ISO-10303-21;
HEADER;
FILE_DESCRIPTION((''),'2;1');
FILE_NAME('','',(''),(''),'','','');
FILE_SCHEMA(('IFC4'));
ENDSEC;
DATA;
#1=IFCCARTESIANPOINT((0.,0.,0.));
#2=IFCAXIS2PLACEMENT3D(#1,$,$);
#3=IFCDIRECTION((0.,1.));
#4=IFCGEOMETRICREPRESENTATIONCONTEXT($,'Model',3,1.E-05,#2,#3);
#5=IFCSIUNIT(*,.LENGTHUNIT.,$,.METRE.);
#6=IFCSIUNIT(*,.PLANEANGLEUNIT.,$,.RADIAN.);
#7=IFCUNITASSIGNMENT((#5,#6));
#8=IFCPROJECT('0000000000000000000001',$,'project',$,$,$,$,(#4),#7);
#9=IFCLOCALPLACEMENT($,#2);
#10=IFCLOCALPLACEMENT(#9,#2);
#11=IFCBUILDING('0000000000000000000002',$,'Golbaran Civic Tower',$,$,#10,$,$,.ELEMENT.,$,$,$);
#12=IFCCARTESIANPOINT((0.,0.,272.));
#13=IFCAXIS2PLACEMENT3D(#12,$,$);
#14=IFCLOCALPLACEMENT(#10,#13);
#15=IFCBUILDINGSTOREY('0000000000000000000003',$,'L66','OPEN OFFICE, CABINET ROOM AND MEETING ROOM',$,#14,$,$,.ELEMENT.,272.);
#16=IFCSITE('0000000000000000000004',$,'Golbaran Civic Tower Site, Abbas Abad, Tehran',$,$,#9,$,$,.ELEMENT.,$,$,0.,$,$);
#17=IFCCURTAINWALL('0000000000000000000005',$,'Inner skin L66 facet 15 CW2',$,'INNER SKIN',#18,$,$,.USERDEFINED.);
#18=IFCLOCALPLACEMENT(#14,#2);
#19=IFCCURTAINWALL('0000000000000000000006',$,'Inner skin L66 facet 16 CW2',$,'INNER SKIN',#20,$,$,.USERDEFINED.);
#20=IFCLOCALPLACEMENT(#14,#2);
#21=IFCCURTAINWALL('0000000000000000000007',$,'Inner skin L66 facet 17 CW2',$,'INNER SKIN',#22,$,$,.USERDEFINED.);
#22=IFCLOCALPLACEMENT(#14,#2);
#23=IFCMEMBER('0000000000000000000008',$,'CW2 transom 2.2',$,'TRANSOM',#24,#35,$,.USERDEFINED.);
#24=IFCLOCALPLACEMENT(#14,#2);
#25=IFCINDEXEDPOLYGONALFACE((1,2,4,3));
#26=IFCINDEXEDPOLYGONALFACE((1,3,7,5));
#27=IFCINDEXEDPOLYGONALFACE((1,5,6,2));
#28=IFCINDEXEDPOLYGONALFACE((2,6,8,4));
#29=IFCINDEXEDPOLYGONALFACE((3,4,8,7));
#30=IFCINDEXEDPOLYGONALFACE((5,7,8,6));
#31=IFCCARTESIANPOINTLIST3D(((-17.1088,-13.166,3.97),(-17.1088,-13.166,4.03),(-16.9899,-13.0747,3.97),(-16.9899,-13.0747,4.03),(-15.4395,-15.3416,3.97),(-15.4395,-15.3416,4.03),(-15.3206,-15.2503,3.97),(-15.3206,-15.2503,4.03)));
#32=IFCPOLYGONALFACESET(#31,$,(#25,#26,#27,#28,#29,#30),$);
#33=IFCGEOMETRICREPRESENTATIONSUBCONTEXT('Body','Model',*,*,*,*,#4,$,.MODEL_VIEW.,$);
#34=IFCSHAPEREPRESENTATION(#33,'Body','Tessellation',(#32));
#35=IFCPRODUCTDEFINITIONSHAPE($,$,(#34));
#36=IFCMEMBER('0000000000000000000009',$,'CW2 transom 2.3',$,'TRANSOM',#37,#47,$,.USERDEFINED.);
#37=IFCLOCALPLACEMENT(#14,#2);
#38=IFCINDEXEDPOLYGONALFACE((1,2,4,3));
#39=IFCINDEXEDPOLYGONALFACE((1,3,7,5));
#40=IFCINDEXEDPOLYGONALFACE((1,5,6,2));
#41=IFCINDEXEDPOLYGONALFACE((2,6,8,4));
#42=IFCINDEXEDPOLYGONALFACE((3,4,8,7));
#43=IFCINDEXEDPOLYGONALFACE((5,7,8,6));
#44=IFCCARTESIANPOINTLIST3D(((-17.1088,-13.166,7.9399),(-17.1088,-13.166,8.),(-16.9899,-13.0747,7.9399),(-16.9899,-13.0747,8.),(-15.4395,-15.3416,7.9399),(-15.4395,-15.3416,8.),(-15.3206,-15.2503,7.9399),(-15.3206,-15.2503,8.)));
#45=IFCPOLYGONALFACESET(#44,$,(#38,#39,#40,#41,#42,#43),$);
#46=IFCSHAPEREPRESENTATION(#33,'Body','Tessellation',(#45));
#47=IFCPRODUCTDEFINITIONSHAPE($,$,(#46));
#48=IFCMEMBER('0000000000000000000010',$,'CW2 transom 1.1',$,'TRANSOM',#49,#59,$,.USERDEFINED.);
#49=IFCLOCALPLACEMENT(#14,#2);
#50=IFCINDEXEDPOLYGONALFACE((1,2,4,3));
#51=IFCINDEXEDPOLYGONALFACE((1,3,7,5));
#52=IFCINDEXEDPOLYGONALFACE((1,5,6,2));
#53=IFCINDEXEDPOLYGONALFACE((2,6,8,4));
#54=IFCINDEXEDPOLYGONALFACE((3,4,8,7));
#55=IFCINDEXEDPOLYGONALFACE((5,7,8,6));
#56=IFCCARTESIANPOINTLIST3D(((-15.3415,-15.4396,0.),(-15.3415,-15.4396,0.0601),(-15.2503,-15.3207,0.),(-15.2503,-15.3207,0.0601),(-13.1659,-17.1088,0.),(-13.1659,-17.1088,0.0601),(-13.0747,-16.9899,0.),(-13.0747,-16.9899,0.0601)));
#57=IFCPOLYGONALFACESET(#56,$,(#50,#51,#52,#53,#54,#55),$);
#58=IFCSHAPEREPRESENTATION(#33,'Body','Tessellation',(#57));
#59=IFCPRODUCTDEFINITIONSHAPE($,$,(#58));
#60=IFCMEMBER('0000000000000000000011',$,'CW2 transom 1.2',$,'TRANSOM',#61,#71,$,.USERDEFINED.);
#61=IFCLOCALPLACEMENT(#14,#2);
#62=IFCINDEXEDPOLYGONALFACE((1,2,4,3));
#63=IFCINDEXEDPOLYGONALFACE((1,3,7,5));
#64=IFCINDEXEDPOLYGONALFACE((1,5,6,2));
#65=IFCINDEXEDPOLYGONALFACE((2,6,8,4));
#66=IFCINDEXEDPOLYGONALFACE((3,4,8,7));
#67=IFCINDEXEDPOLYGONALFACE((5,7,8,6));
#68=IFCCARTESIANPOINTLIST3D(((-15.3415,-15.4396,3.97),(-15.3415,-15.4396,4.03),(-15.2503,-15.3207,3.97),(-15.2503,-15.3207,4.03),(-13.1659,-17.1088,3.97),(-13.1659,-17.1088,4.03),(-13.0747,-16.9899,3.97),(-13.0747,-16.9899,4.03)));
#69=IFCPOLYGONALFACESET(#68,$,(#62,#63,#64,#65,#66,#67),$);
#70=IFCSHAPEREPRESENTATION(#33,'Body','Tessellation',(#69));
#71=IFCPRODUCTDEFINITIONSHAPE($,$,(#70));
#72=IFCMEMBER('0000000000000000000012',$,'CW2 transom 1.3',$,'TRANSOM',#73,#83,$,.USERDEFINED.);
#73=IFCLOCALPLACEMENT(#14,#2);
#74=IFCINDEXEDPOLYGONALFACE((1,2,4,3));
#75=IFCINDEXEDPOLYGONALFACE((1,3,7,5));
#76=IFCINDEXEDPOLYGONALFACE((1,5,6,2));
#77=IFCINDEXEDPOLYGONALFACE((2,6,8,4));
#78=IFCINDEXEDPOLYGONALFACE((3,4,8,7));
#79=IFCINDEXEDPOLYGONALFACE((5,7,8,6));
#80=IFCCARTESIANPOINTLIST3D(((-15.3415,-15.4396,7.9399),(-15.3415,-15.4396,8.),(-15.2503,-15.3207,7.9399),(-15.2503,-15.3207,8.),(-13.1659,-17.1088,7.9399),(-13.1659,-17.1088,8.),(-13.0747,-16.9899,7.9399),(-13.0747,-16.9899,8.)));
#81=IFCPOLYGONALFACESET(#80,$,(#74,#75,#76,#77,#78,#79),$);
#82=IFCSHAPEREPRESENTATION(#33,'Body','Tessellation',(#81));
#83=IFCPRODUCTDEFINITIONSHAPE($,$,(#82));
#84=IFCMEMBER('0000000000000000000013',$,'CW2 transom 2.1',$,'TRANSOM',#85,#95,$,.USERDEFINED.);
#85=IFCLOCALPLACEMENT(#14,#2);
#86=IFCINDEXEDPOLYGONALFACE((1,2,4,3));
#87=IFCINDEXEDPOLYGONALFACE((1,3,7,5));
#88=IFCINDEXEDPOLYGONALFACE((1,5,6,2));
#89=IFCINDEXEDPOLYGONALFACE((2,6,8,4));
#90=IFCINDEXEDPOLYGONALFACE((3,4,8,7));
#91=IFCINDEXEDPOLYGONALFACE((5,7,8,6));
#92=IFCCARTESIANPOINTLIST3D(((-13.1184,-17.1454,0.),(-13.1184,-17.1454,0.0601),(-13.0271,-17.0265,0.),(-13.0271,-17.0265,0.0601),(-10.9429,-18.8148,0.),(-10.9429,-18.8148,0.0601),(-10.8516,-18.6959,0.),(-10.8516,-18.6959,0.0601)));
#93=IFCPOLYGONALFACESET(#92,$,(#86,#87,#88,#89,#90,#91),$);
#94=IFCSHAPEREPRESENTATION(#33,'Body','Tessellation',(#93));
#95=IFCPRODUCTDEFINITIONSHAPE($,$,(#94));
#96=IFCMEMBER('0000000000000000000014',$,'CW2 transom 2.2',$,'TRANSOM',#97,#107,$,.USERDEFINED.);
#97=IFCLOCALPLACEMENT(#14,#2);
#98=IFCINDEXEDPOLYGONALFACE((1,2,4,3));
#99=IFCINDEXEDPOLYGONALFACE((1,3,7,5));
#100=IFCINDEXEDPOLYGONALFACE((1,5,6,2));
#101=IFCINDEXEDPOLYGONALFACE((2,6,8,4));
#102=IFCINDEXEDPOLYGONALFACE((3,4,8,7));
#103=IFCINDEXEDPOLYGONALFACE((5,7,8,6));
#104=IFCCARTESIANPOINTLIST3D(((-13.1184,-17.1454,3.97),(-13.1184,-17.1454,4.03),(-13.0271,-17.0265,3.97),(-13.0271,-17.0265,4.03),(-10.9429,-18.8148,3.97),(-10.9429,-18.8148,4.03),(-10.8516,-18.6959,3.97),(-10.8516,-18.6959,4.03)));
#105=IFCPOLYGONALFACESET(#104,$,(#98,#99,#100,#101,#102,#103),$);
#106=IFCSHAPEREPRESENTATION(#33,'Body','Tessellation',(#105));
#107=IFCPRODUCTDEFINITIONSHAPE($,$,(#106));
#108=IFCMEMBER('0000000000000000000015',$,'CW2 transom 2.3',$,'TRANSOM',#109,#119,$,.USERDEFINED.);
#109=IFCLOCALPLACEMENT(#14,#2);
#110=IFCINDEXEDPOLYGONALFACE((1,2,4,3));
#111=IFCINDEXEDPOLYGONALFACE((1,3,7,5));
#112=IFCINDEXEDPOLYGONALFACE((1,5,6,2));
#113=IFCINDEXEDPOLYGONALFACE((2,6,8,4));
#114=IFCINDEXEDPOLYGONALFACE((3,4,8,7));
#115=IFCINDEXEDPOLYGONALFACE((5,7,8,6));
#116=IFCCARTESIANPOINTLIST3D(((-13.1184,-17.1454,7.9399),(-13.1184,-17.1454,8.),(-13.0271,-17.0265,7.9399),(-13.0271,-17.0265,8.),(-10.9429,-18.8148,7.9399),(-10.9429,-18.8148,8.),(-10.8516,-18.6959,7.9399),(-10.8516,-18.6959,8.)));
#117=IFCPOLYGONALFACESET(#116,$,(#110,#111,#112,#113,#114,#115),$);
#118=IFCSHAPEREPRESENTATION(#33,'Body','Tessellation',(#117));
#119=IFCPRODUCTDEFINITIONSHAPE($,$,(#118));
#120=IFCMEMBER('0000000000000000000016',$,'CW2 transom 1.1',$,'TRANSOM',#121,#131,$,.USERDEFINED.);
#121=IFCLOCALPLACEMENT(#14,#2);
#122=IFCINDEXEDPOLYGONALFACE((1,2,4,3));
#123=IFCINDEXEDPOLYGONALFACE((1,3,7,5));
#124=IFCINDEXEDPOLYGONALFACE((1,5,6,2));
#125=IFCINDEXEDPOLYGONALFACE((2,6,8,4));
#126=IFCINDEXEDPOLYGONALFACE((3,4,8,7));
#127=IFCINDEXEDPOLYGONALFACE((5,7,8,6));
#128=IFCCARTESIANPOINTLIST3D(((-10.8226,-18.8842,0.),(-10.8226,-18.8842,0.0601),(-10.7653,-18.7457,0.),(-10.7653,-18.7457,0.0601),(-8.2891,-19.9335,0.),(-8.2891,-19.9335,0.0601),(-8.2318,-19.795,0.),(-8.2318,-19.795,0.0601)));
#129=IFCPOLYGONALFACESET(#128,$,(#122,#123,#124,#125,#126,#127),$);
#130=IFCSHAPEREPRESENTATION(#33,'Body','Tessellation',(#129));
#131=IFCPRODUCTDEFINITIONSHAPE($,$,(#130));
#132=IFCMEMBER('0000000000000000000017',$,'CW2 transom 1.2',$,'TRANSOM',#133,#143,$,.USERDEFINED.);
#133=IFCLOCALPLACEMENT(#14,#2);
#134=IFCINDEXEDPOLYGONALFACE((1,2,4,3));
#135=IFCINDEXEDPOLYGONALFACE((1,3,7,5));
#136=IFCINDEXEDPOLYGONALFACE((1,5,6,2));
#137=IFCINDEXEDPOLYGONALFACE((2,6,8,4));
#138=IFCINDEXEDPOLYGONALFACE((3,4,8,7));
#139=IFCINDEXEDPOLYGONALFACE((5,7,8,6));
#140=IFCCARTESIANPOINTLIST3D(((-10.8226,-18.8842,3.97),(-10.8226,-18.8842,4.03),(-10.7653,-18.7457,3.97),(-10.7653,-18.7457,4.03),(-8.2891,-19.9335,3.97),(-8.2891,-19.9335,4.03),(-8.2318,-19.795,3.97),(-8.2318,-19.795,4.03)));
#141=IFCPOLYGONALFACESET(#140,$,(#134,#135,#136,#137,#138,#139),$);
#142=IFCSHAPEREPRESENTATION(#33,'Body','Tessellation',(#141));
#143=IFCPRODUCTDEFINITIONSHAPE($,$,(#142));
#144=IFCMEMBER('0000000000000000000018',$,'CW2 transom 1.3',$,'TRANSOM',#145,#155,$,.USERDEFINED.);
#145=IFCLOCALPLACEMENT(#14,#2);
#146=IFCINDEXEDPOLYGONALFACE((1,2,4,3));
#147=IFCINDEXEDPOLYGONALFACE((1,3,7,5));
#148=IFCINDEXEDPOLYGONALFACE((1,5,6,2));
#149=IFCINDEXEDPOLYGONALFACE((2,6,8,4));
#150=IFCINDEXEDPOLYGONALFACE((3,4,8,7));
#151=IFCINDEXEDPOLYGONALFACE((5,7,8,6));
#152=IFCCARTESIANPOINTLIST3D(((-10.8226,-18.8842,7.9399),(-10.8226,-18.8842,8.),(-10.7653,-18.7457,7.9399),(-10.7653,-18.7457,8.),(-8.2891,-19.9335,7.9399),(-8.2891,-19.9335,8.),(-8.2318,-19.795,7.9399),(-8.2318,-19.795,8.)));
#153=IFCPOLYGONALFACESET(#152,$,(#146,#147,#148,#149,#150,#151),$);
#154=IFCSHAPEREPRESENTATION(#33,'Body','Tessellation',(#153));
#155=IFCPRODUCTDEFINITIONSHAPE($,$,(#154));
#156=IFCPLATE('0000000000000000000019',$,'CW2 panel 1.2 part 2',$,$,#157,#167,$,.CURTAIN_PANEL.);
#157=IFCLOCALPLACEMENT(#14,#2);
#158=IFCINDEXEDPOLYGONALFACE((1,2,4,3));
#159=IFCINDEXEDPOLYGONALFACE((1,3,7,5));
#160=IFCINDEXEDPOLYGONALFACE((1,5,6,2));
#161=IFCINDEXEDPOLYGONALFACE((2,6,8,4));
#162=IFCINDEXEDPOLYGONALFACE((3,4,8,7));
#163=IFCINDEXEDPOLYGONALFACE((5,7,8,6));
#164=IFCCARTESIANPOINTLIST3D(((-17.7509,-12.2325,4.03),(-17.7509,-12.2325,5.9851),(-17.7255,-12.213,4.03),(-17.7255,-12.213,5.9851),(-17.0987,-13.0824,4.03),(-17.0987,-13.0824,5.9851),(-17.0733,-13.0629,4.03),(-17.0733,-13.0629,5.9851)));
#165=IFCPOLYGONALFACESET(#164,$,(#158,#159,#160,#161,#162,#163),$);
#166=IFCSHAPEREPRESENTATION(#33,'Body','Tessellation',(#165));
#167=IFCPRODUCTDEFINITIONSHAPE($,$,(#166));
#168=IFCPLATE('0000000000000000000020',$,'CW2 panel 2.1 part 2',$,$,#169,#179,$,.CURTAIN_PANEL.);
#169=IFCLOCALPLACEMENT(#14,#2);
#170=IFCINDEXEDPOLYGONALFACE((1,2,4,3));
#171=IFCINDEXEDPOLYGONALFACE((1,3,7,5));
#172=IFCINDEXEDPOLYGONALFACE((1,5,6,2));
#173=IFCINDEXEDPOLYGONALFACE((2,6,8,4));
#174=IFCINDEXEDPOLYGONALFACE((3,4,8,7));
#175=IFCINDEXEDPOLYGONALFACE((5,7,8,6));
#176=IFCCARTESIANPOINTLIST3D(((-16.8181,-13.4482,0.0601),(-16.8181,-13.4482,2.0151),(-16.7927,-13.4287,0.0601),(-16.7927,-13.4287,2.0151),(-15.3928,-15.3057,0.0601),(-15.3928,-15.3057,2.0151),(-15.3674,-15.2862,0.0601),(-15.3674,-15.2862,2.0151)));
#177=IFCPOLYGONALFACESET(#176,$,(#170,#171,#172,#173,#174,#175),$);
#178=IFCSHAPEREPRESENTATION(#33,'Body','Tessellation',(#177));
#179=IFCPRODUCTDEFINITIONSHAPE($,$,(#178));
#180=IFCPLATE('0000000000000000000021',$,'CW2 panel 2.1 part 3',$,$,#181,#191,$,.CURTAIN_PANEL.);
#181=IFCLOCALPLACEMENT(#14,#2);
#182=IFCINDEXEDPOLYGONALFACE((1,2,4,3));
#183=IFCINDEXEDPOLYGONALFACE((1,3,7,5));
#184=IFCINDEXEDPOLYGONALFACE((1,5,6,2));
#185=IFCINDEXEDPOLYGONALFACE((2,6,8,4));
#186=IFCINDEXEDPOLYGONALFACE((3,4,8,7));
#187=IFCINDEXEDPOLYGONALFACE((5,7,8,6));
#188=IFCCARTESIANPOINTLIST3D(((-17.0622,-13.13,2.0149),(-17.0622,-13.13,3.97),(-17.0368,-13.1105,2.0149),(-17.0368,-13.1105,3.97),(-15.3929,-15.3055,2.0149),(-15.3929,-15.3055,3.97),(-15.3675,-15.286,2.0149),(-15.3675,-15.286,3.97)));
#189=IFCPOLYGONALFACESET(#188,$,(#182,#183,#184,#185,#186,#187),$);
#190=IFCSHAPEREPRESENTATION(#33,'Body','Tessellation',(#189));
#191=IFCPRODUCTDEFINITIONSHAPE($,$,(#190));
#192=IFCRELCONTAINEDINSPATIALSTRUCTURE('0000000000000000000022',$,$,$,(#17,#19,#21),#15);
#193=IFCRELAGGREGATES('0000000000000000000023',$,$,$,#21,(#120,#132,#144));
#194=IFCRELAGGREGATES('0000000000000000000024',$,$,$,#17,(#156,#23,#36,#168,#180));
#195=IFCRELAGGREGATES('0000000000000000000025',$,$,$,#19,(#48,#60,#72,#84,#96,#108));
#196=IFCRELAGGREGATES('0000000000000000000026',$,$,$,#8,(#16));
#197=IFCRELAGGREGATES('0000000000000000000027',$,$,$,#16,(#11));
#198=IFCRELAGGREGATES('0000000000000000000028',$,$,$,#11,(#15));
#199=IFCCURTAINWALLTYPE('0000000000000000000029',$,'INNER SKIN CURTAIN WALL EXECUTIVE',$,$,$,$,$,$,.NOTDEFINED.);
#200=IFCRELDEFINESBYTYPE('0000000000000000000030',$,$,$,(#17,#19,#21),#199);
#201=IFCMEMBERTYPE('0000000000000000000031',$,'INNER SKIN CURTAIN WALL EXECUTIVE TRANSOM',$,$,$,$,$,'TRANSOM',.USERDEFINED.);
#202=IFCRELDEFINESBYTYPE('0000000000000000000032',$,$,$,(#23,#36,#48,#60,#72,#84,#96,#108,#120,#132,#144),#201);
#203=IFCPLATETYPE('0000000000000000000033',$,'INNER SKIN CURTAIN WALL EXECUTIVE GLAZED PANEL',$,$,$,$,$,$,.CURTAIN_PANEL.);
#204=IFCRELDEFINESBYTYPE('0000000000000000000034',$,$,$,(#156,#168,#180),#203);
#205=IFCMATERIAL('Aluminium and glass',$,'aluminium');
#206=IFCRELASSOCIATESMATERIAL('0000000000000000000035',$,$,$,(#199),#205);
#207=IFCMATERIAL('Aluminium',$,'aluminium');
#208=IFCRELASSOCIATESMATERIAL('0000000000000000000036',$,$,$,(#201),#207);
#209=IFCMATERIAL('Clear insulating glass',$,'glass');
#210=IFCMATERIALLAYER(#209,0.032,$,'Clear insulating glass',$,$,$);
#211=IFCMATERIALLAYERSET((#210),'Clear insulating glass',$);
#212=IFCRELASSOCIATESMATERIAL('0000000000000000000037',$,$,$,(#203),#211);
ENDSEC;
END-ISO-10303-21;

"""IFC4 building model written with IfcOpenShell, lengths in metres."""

from ifc_helpers import new_model, si_unit, direction, frame, origin, origin_2d, place, context, subcontext, project, spatial, rectangle, extrude, material, layer, layer_set, material_profile, profile_set, type_object, element, aggregate, save


model = new_model("IFC4")

# Units and contexts
model_context = context("Model", 3, precision=1e-05, world=origin(), true_north=direction((0.0, 1.0)))
body_context = subcontext(model_context, "Body", "Model", "MODEL_VIEW")
ifc_project = project(units=[si_unit("LENGTHUNIT", "METRE"), si_unit("PLANEANGLEUNIT", "RADIAN")], contexts=[model_context])

# Site, building, storey
site_placement = place(None, origin())
site = spatial("IfcSite", under=ifc_project, at=site_placement, Name="Golbaran Civic Tower Site, Abbas Abad, Tehran", CompositionType="ELEMENT", RefElevation=0.0)
building_placement = place(site_placement, origin())
building = spatial("IfcBuilding", under=site, at=building_placement, Name="Golbaran Civic Tower", CompositionType="ELEMENT")
storey_placement = place(building_placement, frame((0.0, 0.0, 272.0)))
storey = spatial("IfcBuildingStorey", under=building, at=storey_placement, Name="L66", Description="OPEN OFFICE, CABINET ROOM AND MEETING ROOM", CompositionType="ELEMENT", Elevation=272.0)

# Curtain walls
ifc_material_1 = material(Name="Aluminium and glass", Category="aluminium")
curtain_wall_type = type_object("IfcCurtainWallType", Name="INNER SKIN CURTAIN WALL EXECUTIVE", PredefinedType="NOTDEFINED", material=ifc_material_1)
curtain_wall_1_placement = place(storey_placement, origin())
curtain_wall_1 = element("IfcCurtainWall", 1, at=curtain_wall_1_placement, inside=storey, type_object=curtain_wall_type, Name="Inner skin L66 facet 15 CW2", ObjectType="INNER SKIN", PredefinedType="USERDEFINED")
ifc_material_2 = material(Name="Aluminium", Category="aluminium")
curtain_wall_2_placement = place(storey_placement, origin())
curtain_wall_2 = element("IfcCurtainWall", 2, at=curtain_wall_2_placement, inside=storey, type_object=curtain_wall_type, Name="Inner skin L66 facet 16 CW2", ObjectType="INNER SKIN", PredefinedType="USERDEFINED")

# Curtain wall
curtain_wall_3_placement = place(storey_placement, origin())
curtain_wall_3 = element("IfcCurtainWall", 3, at=curtain_wall_3_placement, inside=storey, type_object=curtain_wall_type, Name="Inner skin L66 facet 17 CW2", ObjectType="INNER SKIN", PredefinedType="USERDEFINED")

# Members
ifc_material_profile_1 = material_profile(ifc_material_2, rectangle(XDim=0.1499, YDim=0.0601, at=origin_2d()), Name="INNER SKIN CURTAIN WALL EXECUTIVE TRANSOM")
ifc_profile_set_1 = profile_set([ifc_material_profile_1], Name="Aluminium")
member_type_1 = type_object("IfcMemberType", Name="INNER SKIN CURTAIN WALL EXECUTIVE TRANSOM", ElementType="TRANSOM", PredefinedType="USERDEFINED", material=ifc_profile_set_1)
member_1_placement = place(storey_placement, frame((-17.0493, -13.1204, 4.0), z_axis=(0.608725, -0.793381, 0.0), x_axis=(0.793381, 0.608725, 0.0)))
member_1 = element("IfcMember", 4, at=member_1_placement, type_object=member_type_1, Name="CW2 transom 2.2", ObjectType="TRANSOM", PredefinedType="USERDEFINED", context=body_context, shape_type="SweptSolid", body=[
    extrude(rectangle(XDim=0.1499, YDim=0.0601, at=origin_2d()), origin(), (0.0, 0.0, 1.0), 2.7422),
])
member_2_placement = place(storey_placement, frame((-17.0493, -13.1204, 7.97), z_axis=(0.608725, -0.793381, 0.0), x_axis=(0.793381, 0.608725, 0.0)))
member_2 = element("IfcMember", 5, at=member_2_placement, type_object=member_type_1, Name="CW2 transom 2.3", ObjectType="TRANSOM", PredefinedType="USERDEFINED", context=body_context, shape_type="SweptSolid", body=[
    extrude(rectangle(XDim=0.1499, YDim=0.0601, at=origin_2d()), origin(), (0.0, 0.0, 1.0), 2.7422),
])
member_3_placement = place(storey_placement, frame((-15.2959, -15.3801, 0.03), z_axis=(0.793381, -0.608725, 0.0), x_axis=(0.608725, 0.793381, 0.0)))
member_3 = element("IfcMember", 6, at=member_3_placement, type_object=member_type_1, Name="CW2 transom 1.1", ObjectType="TRANSOM", PredefinedType="USERDEFINED", context=body_context, shape_type="SweptSolid", body=[
    extrude(rectangle(XDim=0.1499, YDim=0.0601, at=origin_2d()), origin(), (0.0, 0.0, 1.0), 2.7422),
])
member_4_placement = place(storey_placement, frame((-15.2959, -15.3801, 4.0), z_axis=(0.793381, -0.608725, 0.0), x_axis=(0.608725, 0.793381, 0.0)))
member_4 = element("IfcMember", 7, at=member_4_placement, type_object=member_type_1, Name="CW2 transom 1.2", ObjectType="TRANSOM", PredefinedType="USERDEFINED", context=body_context, shape_type="SweptSolid", body=[
    extrude(rectangle(XDim=0.1499, YDim=0.0601, at=origin_2d()), origin(), (0.0, 0.0, 1.0), 2.7422),
])
member_5_placement = place(storey_placement, frame((-15.2959, -15.3801, 7.97), z_axis=(0.793381, -0.608725, 0.0), x_axis=(0.608725, 0.793381, 0.0)))
member_5 = element("IfcMember", 8, at=member_5_placement, type_object=member_type_1, Name="CW2 transom 1.3", ObjectType="TRANSOM", PredefinedType="USERDEFINED", context=body_context, shape_type="SweptSolid", body=[
    extrude(rectangle(XDim=0.1499, YDim=0.0601, at=origin_2d()), origin(), (0.0, 0.0, 1.0), 2.7422),
])
member_6_placement = place(storey_placement, frame((-13.0728, -17.0859, 0.03), z_axis=(0.793338, -0.608781, 0.0), x_axis=(0.608781, 0.793338, 0.0)))
member_6 = element("IfcMember", 9, at=member_6_placement, type_object=member_type_1, Name="CW2 transom 2.1", ObjectType="TRANSOM", PredefinedType="USERDEFINED", context=body_context, shape_type="SweptSolid", body=[
    extrude(rectangle(XDim=0.1499, YDim=0.0601, at=origin_2d()), origin(), (0.0, 0.0, 1.0), 2.7422),
])
member_7_placement = place(storey_placement, frame((-13.0728, -17.0859, 4.0), z_axis=(0.793338, -0.608781, 0.0), x_axis=(0.608781, 0.793338, 0.0)))
member_7 = element("IfcMember", 10, at=member_7_placement, type_object=member_type_1, Name="CW2 transom 2.2", ObjectType="TRANSOM", PredefinedType="USERDEFINED", context=body_context, shape_type="SweptSolid", body=[
    extrude(rectangle(XDim=0.1499, YDim=0.0601, at=origin_2d()), origin(), (0.0, 0.0, 1.0), 2.7422),
])
member_8_placement = place(storey_placement, frame((-13.0728, -17.0859, 7.97), z_axis=(0.793338, -0.608781, 0.0), x_axis=(0.608781, 0.793338, 0.0)))
member_8 = element("IfcMember", 11, at=member_8_placement, type_object=member_type_1, Name="CW2 transom 2.3", ObjectType="TRANSOM", PredefinedType="USERDEFINED", context=body_context, shape_type="SweptSolid", body=[
    extrude(rectangle(XDim=0.1499, YDim=0.0601, at=origin_2d()), origin(), (0.0, 0.0, 1.0), 2.7422),
])
member_9_placement = place(storey_placement, frame((-10.7939, -18.8149, 0.03), z_axis=(0.923889, -0.382661, 0.0), x_axis=(0.382661, 0.923889, 0.0)))
member_9 = element("IfcMember", 12, at=member_9_placement, type_object=member_type_1, Name="CW2 transom 1.1", ObjectType="TRANSOM", PredefinedType="USERDEFINED", context=body_context, shape_type="SweptSolid", body=[
    extrude(rectangle(XDim=0.1499, YDim=0.0601, at=origin_2d()), origin(), (0.0, 0.0, 1.0), 2.7422),
])
member_10_placement = place(storey_placement, frame((-10.7939, -18.8149, 4.0), z_axis=(0.923889, -0.382661, 0.0), x_axis=(0.382661, 0.923889, 0.0)))
member_10 = element("IfcMember", 13, at=member_10_placement, type_object=member_type_1, Name="CW2 transom 1.2", ObjectType="TRANSOM", PredefinedType="USERDEFINED", context=body_context, shape_type="SweptSolid", body=[
    extrude(rectangle(XDim=0.1499, YDim=0.0601, at=origin_2d()), origin(), (0.0, 0.0, 1.0), 2.7422),
])
member_11_placement = place(storey_placement, frame((-10.7939, -18.8149, 7.97), z_axis=(0.923889, -0.382661, 0.0), x_axis=(0.382661, 0.923889, 0.0)))
member_11 = element("IfcMember", 14, at=member_11_placement, type_object=member_type_1, Name="CW2 transom 1.3", ObjectType="TRANSOM", PredefinedType="USERDEFINED", context=body_context, shape_type="SweptSolid", body=[
    extrude(rectangle(XDim=0.1499, YDim=0.0601, at=origin_2d()), origin(), (0.0, 0.0, 1.0), 2.7422),
])

# Plates
ifc_material_3 = material(Name="Clear insulating glass", Category="glass")
ifc_layer_1 = layer(ifc_material_3, 0.032, Name="Clear insulating glass")
ifc_layer_set_1 = layer_set([ifc_layer_1], Name="Clear insulating glass")
plate_type_1 = type_object("IfcPlateType", Name="INNER SKIN CURTAIN WALL EXECUTIVE GLAZED PANEL", PredefinedType="CURTAIN_PANEL", material=ifc_layer_set_1)
plate_1_placement = place(storey_placement, frame((-17.4121, -12.6477, 4.03), z_axis=(0.0, 0.0, 1.0), x_axis=(0.608761, -0.793353, 0.0)))
plate_1 = element("IfcPlate", 15, at=plate_1_placement, type_object=plate_type_1, Name="CW2 panel 1.2 part 2", PredefinedType="CURTAIN_PANEL", context=body_context, shape_type="SweptSolid", body=[
    extrude(rectangle(XDim=1.0713, YDim=0.032, at=origin_2d()), origin(), (0.0, 0.0, 1.0), 1.9551),
])
plate_2_placement = place(storey_placement, frame((-16.0928, -14.3672, 0.0601), z_axis=(0.0, 0.0, 1.0), x_axis=(0.608761, -0.793353, 0.0)))
plate_2 = element("IfcPlate", 16, at=plate_2_placement, type_object=plate_type_1, Name="CW2 panel 2.1 part 2", PredefinedType="CURTAIN_PANEL", context=body_context, shape_type="SweptSolid", body=[
    extrude(rectangle(XDim=2.3413, YDim=0.032, at=origin_2d()), origin(), (0.0, 0.0, 1.0), 1.9551),
])
plate_3_placement = place(storey_placement, frame((-16.2148, -14.208, 2.0149), z_axis=(0.0, 0.0, 1.0), x_axis=(0.608761, -0.793353, 0.0)))
plate_3 = element("IfcPlate", 17, at=plate_3_placement, type_object=plate_type_1, Name="CW2 panel 2.1 part 3", PredefinedType="CURTAIN_PANEL", context=body_context, shape_type="SweptSolid", body=[
    extrude(rectangle(XDim=2.7422, YDim=0.032, at=origin_2d()), origin(), (0.0, 0.0, 1.0), 1.9551),
])
aggregate(curtain_wall_3, [member_9, member_10, member_11])
aggregate(curtain_wall_1, [plate_1, member_1, member_2, plate_2, plate_3])
aggregate(curtain_wall_2, [member_3, member_4, member_5, member_6, member_7, member_8])

save(model, "model.ifc")
